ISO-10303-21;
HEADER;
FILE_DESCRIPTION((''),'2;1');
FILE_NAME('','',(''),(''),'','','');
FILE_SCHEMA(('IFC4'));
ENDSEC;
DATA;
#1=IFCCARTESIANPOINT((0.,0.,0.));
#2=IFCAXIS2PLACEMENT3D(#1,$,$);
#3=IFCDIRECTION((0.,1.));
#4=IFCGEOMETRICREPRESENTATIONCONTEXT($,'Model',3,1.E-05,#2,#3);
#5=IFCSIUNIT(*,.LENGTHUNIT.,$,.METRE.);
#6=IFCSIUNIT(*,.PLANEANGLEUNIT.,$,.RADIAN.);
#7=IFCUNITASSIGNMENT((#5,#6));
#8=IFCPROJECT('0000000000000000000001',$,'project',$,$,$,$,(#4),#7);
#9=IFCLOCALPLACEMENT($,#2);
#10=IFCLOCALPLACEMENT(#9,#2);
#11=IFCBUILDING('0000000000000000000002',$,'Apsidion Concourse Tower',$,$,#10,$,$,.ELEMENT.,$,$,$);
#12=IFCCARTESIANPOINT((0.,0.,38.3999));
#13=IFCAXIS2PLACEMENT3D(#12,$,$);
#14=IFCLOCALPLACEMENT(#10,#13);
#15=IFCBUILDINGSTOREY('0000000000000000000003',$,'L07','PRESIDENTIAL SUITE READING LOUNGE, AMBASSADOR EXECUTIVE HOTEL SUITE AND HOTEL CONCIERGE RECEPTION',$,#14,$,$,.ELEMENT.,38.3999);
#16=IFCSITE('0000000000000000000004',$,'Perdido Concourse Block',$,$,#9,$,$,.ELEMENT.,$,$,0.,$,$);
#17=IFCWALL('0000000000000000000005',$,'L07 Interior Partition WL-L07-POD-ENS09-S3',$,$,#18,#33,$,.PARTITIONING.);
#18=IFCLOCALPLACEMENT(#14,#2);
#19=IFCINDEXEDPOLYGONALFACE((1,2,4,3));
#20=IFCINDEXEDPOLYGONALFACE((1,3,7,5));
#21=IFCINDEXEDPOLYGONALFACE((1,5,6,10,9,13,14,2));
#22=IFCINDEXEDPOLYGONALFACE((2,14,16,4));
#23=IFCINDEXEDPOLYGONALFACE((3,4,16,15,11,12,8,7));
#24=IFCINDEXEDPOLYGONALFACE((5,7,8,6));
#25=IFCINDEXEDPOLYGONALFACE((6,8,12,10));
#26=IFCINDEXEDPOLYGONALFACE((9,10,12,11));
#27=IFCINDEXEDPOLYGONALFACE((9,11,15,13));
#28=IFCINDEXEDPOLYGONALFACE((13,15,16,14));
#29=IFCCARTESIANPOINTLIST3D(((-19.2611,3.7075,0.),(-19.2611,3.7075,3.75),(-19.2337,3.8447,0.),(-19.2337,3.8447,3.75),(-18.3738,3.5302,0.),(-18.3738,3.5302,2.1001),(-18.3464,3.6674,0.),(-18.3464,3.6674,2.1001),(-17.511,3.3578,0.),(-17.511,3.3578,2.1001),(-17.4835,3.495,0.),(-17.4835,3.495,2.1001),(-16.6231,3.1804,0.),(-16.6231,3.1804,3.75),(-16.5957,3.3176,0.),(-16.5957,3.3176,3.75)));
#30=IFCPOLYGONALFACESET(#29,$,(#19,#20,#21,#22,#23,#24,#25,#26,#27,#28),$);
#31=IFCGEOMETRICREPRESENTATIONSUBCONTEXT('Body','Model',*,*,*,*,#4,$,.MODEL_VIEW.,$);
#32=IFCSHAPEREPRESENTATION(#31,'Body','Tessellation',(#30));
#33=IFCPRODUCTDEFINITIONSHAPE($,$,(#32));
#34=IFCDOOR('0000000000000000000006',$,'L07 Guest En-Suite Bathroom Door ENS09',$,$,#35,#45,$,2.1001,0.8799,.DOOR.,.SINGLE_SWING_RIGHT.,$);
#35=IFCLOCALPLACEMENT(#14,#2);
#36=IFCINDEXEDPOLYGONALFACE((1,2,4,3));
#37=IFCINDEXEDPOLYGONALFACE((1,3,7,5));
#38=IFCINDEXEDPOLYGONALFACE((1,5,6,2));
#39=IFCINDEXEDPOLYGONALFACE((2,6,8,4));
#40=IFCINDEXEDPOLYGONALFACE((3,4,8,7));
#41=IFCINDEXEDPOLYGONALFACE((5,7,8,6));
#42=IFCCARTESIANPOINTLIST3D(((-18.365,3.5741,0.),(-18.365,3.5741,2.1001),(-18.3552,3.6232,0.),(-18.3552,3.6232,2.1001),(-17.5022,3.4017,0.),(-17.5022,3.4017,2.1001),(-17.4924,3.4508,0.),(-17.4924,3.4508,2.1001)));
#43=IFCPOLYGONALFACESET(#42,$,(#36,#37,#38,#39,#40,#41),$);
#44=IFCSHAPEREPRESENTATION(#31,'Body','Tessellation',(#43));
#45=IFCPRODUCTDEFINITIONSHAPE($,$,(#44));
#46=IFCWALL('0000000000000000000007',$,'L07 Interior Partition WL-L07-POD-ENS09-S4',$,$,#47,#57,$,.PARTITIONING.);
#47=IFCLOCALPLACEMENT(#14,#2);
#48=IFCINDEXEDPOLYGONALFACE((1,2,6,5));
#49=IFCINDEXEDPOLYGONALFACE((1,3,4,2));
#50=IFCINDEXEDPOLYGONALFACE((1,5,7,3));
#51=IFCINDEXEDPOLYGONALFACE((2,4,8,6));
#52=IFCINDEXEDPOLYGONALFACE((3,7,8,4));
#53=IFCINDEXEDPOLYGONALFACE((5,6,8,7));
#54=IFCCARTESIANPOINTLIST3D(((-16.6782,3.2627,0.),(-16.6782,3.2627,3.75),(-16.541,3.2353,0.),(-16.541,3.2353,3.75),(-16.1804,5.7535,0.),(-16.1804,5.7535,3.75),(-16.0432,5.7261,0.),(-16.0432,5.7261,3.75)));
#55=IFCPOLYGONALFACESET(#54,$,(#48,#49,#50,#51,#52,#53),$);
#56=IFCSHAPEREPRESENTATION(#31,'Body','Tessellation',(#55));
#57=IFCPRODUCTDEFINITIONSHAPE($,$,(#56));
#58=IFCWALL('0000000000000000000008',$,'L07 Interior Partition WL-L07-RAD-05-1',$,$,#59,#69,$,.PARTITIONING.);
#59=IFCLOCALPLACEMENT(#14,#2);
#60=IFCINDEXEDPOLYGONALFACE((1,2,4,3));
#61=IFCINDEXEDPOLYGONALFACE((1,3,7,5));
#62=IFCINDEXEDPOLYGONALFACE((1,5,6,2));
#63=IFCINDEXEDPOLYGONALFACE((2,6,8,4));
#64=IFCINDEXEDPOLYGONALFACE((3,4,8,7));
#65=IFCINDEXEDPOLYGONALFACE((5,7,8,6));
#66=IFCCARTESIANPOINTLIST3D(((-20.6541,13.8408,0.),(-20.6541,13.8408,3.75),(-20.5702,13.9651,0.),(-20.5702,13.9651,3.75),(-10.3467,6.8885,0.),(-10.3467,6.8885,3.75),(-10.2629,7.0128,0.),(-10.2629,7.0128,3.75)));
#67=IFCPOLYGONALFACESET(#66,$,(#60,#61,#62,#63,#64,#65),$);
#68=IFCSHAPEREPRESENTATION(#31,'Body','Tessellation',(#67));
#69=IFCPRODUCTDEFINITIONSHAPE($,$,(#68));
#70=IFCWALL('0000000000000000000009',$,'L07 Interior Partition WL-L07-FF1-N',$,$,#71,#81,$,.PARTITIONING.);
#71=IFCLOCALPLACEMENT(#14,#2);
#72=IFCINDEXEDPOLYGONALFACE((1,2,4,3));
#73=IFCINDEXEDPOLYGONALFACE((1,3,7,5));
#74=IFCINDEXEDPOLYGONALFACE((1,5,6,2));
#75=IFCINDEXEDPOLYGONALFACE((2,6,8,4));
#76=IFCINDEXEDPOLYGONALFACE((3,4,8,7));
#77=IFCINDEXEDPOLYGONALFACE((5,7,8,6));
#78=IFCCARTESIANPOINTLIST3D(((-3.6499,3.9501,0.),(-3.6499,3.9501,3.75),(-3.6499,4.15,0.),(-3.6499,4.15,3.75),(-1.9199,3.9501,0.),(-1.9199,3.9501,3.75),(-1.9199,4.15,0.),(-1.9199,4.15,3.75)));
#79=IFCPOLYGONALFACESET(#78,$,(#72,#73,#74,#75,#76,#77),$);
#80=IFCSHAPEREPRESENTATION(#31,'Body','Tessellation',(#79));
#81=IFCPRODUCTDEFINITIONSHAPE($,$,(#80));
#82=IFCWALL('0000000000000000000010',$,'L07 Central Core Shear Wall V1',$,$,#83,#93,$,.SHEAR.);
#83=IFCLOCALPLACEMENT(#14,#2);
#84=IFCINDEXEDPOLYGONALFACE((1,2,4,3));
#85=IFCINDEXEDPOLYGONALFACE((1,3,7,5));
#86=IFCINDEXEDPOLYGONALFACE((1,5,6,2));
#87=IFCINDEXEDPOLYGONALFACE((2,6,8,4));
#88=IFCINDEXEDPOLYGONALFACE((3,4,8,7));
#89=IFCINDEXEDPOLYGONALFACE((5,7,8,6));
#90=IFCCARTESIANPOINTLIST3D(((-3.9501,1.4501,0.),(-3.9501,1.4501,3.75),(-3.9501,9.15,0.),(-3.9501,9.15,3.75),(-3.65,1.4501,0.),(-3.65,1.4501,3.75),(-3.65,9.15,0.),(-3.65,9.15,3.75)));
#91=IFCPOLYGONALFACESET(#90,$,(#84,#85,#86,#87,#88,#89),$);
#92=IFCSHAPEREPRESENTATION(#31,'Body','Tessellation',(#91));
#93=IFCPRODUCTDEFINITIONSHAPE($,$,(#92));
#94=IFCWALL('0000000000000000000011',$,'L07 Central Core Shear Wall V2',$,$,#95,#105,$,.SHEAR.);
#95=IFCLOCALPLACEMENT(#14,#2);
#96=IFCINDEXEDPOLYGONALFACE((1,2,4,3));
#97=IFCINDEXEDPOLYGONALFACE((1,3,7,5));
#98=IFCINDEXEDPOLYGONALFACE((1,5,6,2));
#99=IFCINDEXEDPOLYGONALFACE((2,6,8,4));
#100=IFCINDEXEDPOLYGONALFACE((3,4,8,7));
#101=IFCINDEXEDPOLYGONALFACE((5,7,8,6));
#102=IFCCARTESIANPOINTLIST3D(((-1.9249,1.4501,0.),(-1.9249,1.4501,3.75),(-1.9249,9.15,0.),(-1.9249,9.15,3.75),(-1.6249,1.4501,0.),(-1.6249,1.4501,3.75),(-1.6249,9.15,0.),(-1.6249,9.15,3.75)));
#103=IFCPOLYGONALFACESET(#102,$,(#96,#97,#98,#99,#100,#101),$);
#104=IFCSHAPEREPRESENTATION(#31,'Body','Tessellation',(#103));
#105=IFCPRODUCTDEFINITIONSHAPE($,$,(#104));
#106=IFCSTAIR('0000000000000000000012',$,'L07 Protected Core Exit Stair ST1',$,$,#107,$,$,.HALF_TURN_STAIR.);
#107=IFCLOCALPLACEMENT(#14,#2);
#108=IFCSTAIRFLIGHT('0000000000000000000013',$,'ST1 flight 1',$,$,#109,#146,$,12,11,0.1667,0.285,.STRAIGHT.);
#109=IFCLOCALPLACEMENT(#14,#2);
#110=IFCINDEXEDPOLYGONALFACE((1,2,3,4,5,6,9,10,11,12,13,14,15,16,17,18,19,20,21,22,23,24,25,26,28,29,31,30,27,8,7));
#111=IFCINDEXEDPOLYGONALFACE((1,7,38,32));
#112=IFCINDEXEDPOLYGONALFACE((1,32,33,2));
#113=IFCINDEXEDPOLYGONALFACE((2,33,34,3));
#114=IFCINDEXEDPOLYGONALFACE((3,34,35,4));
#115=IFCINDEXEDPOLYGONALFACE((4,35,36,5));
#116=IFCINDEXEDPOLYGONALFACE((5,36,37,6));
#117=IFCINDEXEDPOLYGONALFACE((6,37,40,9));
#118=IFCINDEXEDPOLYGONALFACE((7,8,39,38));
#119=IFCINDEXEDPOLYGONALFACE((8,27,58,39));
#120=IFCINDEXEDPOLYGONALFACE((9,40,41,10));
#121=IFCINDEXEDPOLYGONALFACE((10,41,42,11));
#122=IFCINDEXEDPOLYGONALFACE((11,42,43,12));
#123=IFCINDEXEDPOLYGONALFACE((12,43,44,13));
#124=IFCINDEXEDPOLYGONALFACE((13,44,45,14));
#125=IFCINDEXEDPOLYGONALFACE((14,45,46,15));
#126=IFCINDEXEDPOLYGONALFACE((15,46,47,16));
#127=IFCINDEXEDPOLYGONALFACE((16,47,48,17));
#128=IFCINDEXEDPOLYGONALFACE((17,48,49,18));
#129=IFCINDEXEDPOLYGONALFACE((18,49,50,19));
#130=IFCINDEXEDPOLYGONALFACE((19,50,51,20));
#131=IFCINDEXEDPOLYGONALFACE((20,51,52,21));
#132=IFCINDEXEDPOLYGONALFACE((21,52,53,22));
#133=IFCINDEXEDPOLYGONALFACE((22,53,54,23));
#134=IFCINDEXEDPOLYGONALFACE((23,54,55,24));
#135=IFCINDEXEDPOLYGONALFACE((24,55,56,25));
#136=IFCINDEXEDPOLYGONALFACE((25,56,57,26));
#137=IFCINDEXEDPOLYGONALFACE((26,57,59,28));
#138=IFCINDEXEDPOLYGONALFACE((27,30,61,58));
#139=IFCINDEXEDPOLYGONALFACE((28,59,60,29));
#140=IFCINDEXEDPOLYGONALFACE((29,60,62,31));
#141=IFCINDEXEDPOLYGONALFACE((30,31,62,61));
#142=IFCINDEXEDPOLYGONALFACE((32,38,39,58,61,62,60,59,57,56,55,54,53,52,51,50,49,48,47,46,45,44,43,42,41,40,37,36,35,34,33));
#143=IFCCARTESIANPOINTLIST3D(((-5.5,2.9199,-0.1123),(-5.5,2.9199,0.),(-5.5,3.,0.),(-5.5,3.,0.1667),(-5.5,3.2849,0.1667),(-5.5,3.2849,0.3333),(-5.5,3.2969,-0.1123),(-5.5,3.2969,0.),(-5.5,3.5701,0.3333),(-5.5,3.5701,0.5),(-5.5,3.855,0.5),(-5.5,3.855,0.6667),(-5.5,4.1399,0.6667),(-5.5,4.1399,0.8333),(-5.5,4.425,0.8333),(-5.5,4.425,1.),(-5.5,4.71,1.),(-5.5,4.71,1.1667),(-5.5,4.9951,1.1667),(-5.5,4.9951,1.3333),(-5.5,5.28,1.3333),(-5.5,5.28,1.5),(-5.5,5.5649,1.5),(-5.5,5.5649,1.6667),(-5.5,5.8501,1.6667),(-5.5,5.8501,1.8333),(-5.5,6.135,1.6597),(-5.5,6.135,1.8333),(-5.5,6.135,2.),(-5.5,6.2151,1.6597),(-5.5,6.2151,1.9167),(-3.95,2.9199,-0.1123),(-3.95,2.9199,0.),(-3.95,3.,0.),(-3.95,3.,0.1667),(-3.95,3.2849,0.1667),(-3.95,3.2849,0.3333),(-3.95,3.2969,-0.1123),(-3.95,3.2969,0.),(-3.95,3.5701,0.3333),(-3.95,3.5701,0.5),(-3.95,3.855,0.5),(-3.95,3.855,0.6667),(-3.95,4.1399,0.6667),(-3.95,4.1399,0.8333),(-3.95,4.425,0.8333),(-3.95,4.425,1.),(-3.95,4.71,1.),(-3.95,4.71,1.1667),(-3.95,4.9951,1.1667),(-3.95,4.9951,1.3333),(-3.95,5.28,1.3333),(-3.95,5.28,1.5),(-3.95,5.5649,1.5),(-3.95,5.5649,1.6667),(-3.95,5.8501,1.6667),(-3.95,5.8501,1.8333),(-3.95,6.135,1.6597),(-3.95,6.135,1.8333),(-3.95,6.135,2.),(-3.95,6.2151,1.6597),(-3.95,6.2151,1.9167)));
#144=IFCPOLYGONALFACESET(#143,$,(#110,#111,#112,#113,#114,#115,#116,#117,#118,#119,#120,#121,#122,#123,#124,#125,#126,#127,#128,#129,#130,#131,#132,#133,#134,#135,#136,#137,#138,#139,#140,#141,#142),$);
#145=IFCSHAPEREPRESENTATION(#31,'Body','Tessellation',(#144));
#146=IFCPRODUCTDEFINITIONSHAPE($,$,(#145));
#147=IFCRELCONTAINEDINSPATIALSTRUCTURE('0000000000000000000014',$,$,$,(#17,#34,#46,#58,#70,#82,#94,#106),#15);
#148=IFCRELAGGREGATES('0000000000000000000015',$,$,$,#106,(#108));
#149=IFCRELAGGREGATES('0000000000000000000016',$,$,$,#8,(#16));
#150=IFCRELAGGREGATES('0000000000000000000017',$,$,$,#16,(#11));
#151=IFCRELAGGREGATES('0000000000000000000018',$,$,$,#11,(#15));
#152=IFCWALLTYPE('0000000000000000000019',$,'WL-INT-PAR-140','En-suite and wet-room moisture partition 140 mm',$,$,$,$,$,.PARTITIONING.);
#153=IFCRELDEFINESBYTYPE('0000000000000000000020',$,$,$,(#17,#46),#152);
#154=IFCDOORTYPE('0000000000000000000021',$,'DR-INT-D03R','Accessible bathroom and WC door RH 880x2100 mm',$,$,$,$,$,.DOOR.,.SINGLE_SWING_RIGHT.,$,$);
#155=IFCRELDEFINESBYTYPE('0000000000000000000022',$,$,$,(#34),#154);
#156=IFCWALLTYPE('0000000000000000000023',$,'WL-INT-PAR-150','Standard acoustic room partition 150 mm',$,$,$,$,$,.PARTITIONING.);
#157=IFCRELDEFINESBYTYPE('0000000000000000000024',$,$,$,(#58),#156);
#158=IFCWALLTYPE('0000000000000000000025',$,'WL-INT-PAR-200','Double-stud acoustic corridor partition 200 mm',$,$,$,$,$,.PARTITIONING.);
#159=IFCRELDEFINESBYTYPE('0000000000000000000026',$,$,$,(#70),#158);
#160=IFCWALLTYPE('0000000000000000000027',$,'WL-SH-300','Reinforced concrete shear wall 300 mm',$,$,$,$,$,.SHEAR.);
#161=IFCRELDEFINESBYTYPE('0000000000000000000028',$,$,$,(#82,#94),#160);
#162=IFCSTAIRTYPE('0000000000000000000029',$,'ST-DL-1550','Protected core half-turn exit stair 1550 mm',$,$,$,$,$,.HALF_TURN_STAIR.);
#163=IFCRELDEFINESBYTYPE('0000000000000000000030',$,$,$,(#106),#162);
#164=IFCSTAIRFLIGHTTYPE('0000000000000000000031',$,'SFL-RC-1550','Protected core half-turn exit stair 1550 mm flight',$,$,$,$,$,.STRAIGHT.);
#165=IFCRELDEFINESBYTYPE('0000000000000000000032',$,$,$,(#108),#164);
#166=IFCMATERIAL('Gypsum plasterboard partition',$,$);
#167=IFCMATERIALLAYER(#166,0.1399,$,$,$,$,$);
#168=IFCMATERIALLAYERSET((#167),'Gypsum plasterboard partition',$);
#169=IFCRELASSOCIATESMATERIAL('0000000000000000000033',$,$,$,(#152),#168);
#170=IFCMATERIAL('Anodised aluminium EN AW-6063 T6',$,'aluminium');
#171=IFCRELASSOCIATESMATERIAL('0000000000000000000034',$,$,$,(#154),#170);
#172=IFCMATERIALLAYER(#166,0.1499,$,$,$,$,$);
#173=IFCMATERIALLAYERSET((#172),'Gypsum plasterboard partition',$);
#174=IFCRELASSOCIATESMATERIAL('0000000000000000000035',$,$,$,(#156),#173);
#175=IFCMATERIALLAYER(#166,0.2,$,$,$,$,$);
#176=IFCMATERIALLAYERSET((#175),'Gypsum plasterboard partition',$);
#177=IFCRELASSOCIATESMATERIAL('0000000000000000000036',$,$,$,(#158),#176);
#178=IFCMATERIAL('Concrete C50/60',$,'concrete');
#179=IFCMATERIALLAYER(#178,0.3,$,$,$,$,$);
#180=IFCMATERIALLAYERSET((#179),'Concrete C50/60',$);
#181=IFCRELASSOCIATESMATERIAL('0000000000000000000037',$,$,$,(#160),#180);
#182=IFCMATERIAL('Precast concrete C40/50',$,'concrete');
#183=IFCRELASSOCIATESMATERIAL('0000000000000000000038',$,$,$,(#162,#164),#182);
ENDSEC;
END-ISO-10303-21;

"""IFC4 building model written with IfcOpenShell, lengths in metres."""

from ifc_helpers import new_model, si_unit, direction, frame, frame_2d, origin, place, context, subcontext, project, spatial, polyline, rectangle, outline, extrude, material, layer, layer_set, type_object, element, fill, aggregate, save


model = new_model("IFC4")

# Units and contexts
model_context = context("Model", 3, precision=1e-05, world=origin(), true_north=direction((0.0, 1.0)))
body_context = subcontext(model_context, "Body", "Model", "MODEL_VIEW")
ifc_project = project(units=[si_unit("LENGTHUNIT", "METRE"), si_unit("PLANEANGLEUNIT", "RADIAN")], contexts=[model_context])

# Site, building, storey
site_placement = place(None, origin())
site = spatial("IfcSite", under=ifc_project, at=site_placement, Name="Perdido Concourse Block", CompositionType="ELEMENT", RefElevation=0.0)
building_placement = place(site_placement, origin())
building = spatial("IfcBuilding", under=site, at=building_placement, Name="Apsidion Concourse Tower", CompositionType="ELEMENT")
storey_placement = place(building_placement, frame((0.0, 0.0, 38.3999)))
storey = spatial("IfcBuildingStorey", under=building, at=storey_placement, Name="L07", Description="PRESIDENTIAL SUITE READING LOUNGE, AMBASSADOR EXECUTIVE HOTEL SUITE AND HOTEL CONCIERGE RECEPTION", CompositionType="ELEMENT", Elevation=38.3999)

# Shared definitions
ifc_material_1 = material(Name="Concrete C50/60", Category="concrete")

# Shared definitions
ifc_material_2 = material(Name="Gypsum plasterboard partition")
ifc_layer_1 = layer(ifc_material_2, 0.1399)
ifc_layer_set_1 = layer_set([ifc_layer_1], Name="Gypsum plasterboard partition")
wall_type_1 = type_object("IfcWallType", Name="WL-INT-PAR-140", Description="En-suite and wet-room moisture partition 140 mm", PredefinedType="PARTITIONING", material=ifc_layer_set_1)

# Wall, opening, door
wall_1_placement = place(storey_placement, frame((-19.2476, 3.7761, 0.0), z_axis=(0.0, 0.0, 1.0), x_axis=(0.980616, -0.195942, 0.0)))
wall_1 = element("IfcWall", 1, at=wall_1_placement, inside=storey, type_object=wall_type_1, Name="L07 Interior Partition WL-L07-POD-ENS09-S3", PredefinedType="PARTITIONING", context=body_context, shape_type="SweptSolid", body=[
    extrude(rectangle(XDim=2.6902, YDim=0.1399, at=frame_2d((1.3452, 0.0))), origin(), (0.0, 0.0, 1.0), 3.75),
])
opening_placement = place(wall_1_placement, frame((0.905, 0.0, 0.0)))
opening = element("IfcOpeningElement", 2, at=opening_placement, cuts=wall_1, PredefinedType="OPENING", context=body_context, shape_type="SweptSolid", body=[
    extrude(rectangle(XDim=0.8799, YDim=2.1001, at=frame_2d((0.4399, 1.05))), frame((0.0, 0.0801, 0.0), z_axis=(0.0, -1.0, 0.0), x_axis=(1.0, 0.0, 0.0)), (0.0, 0.0, 1.0), 0.1599),
])
ifc_material_3 = material(Name="Anodised aluminium EN AW-6063 T6", Category="aluminium")
door_type = type_object("IfcDoorType", Name="DR-INT-D03R", Description="Accessible bathroom and WC door RH 880x2100 mm", OperationType="SINGLE_SWING_RIGHT", PredefinedType="DOOR", material=ifc_material_3)
door_placement = place(opening_placement, origin())
door = element("IfcDoor", 3, at=door_placement, inside=storey, type_object=door_type, Name="L07 Guest En-Suite Bathroom Door ENS09", OperationType="SINGLE_SWING_RIGHT", OverallHeight=2.1001, OverallWidth=0.8799, PredefinedType="DOOR", context=body_context, shape_type="SweptSolid", body=[
    extrude(rectangle(XDim=0.8799, YDim=2.1001, at=frame_2d((0.4399, 1.05))), frame((0.0, 0.0249, 0.0), z_axis=(0.0, -1.0, 0.0), x_axis=(1.0, 0.0, 0.0)), (0.0, 0.0, 1.0), 0.05),
])
fill(opening, door)

# Walls
wall_2_placement = place(storey_placement, frame((-16.6096, 3.249, 0.0), z_axis=(0.0, 0.0, 1.0), x_axis=(0.195987, 0.980607, 0.0)))
element("IfcWall", 4, at=wall_2_placement, inside=storey, type_object=wall_type_1, Name="L07 Interior Partition WL-L07-POD-ENS09-S4", PredefinedType="PARTITIONING", context=body_context, shape_type="SweptSolid", body=[
    extrude(rectangle(XDim=2.54, YDim=0.1399, at=frame_2d((1.27, 0.0))), origin(), (0.0, 0.0, 1.0), 3.75),
])
ifc_layer_2 = layer(ifc_material_2, 0.1499)
ifc_layer_set_2 = layer_set([ifc_layer_2], Name="Gypsum plasterboard partition")
wall_type_2 = type_object("IfcWallType", Name="WL-INT-PAR-150", Description="Standard acoustic room partition 150 mm", PredefinedType="PARTITIONING", material=ifc_layer_set_2)
wall_3_placement = place(storey_placement, frame((-10.3049, 6.9507, 0.0), z_axis=(0.0, 0.0, 1.0), x_axis=(-0.829038, 0.559192, 0.0)))
element("IfcWall", 5, at=wall_3_placement, inside=storey, type_object=wall_type_2, Name="L07 Interior Partition WL-L07-RAD-05-1", PredefinedType="PARTITIONING", context=body_context, shape_type="SweptSolid", body=[
    extrude(rectangle(XDim=12.4329, YDim=0.1499, at=frame_2d((6.2163, 0.0))), origin(), (0.0, 0.0, 1.0), 3.75),
])
ifc_layer_3 = layer(ifc_material_2, 0.2)
ifc_layer_set_3 = layer_set([ifc_layer_3], Name="Gypsum plasterboard partition")
wall_type_3 = type_object("IfcWallType", Name="WL-INT-PAR-200", Description="Double-stud acoustic corridor partition 200 mm", PredefinedType="PARTITIONING", material=ifc_layer_set_3)
wall_4_placement = place(storey_placement, frame((-3.6499, 4.05, 0.0), z_axis=(0.0, 0.0, 1.0), x_axis=(1.0, 0.0, 0.0)))
element("IfcWall", 6, at=wall_4_placement, inside=storey, type_object=wall_type_3, Name="L07 Interior Partition WL-L07-FF1-N", PredefinedType="PARTITIONING", context=body_context, shape_type="SweptSolid", body=[
    extrude(rectangle(XDim=1.73, YDim=0.2, at=frame_2d((0.865, 0.0))), origin(), (0.0, 0.0, 1.0), 3.75),
])
ifc_layer_4 = layer(ifc_material_1, 0.3)
ifc_layer_set_4 = layer_set([ifc_layer_4], Name="Concrete C50/60")
wall_type_4 = type_object("IfcWallType", Name="WL-SH-300", Description="Reinforced concrete shear wall 300 mm", PredefinedType="SHEAR", material=ifc_layer_set_4)
for number, where, z_axis, x_axis, name in (
    (7, (-3.8, 1.45, 0.0), (0.0, 0.0, 1.0), (0.0, 1.0, 0.0), "L07 Central Core Shear Wall V1"),
    (8, (-1.7749, 1.45, 0.0), (0.0, 0.0, 1.0), (0.0, 1.0, 0.0), "L07 Central Core Shear Wall V2"),
):
    element("IfcWall", number, at=place(storey_placement, frame(where, z_axis=z_axis, x_axis=x_axis)), inside=storey, type_object=wall_type_4, Name=name, PredefinedType="SHEAR", context=body_context, shape_type="SweptSolid", body=[
        extrude(rectangle(XDim=7.7, YDim=0.3, at=frame_2d((3.8501, 0.0))), origin(), (0.0, 0.0, 1.0), 3.75),
    ])

# Stair, stair flight
ifc_material_4 = material(Name="Precast concrete C40/50", Category="concrete")
stair_type = type_object("IfcStairType", Name="ST-DL-1550", Description="Protected core half-turn exit stair 1550 mm", PredefinedType="HALF_TURN_STAIR", material=ifc_material_4)
stair_placement = place(storey_placement, origin())
stair = element("IfcStair", 9, at=stair_placement, inside=storey, type_object=stair_type, Name="L07 Protected Core Exit Stair ST1", PredefinedType="HALF_TURN_STAIR")
stair_flight_type = type_object("IfcStairFlightType", Name="SFL-RC-1550", Description="Protected core half-turn exit stair 1550 mm flight", PredefinedType="STRAIGHT", material=ifc_material_4)
stair_flight_1_placement = place(storey_placement, frame((-4.7251, 3.0, 0.0), z_axis=(0.0, 0.0, 1.0), x_axis=(0.0, 1.0, 0.0)))
stair_flight_1 = element("IfcStairFlight", 10, at=stair_flight_1_placement, type_object=stair_flight_type, Name="ST1 flight 1", NumberOfRisers=12, NumberOfTreads=11, PredefinedType="STRAIGHT", RiserHeight=0.1667, TreadLength=0.285, context=body_context, shape_type="SweptSolid", body=[
    extrude(outline(polyline([(-0.0801, -0.1123), (-0.0801, 0.0), (0.0, 0.0), (0.0, 0.1667), (0.2849, 0.1667), (0.2849, 0.3333), (0.5701, 0.3333), (0.5701, 0.5), (0.855, 0.5), (0.855, 0.6667), (1.1399, 0.6667), (1.1399, 0.8333), (1.425, 0.8333), (1.425, 1.0), (1.71, 1.0), (1.71, 1.1667), (1.9951, 1.1667), (1.9951, 1.3333), (2.28, 1.3333), (2.28, 1.5), (2.5649, 1.5), (2.5649, 1.6667), (2.8501, 1.6667), (2.8501, 1.8333), (3.135, 1.8333), (3.135, 2.0), (3.2151, 1.9167), (3.2151, 1.6597), (3.135, 1.6597), (0.2969, 0.0), (0.2969, -0.1123), (-0.0801, -0.1123)])), frame((0.0, 0.7749, 0.0), z_axis=(0.0, -1.0, 0.0), x_axis=(1.0, 0.0, 0.0)), (0.0, 0.0, 1.0), 1.55),
])
aggregate(stair, [stair_flight_1])

save(model, "model.ifc")
